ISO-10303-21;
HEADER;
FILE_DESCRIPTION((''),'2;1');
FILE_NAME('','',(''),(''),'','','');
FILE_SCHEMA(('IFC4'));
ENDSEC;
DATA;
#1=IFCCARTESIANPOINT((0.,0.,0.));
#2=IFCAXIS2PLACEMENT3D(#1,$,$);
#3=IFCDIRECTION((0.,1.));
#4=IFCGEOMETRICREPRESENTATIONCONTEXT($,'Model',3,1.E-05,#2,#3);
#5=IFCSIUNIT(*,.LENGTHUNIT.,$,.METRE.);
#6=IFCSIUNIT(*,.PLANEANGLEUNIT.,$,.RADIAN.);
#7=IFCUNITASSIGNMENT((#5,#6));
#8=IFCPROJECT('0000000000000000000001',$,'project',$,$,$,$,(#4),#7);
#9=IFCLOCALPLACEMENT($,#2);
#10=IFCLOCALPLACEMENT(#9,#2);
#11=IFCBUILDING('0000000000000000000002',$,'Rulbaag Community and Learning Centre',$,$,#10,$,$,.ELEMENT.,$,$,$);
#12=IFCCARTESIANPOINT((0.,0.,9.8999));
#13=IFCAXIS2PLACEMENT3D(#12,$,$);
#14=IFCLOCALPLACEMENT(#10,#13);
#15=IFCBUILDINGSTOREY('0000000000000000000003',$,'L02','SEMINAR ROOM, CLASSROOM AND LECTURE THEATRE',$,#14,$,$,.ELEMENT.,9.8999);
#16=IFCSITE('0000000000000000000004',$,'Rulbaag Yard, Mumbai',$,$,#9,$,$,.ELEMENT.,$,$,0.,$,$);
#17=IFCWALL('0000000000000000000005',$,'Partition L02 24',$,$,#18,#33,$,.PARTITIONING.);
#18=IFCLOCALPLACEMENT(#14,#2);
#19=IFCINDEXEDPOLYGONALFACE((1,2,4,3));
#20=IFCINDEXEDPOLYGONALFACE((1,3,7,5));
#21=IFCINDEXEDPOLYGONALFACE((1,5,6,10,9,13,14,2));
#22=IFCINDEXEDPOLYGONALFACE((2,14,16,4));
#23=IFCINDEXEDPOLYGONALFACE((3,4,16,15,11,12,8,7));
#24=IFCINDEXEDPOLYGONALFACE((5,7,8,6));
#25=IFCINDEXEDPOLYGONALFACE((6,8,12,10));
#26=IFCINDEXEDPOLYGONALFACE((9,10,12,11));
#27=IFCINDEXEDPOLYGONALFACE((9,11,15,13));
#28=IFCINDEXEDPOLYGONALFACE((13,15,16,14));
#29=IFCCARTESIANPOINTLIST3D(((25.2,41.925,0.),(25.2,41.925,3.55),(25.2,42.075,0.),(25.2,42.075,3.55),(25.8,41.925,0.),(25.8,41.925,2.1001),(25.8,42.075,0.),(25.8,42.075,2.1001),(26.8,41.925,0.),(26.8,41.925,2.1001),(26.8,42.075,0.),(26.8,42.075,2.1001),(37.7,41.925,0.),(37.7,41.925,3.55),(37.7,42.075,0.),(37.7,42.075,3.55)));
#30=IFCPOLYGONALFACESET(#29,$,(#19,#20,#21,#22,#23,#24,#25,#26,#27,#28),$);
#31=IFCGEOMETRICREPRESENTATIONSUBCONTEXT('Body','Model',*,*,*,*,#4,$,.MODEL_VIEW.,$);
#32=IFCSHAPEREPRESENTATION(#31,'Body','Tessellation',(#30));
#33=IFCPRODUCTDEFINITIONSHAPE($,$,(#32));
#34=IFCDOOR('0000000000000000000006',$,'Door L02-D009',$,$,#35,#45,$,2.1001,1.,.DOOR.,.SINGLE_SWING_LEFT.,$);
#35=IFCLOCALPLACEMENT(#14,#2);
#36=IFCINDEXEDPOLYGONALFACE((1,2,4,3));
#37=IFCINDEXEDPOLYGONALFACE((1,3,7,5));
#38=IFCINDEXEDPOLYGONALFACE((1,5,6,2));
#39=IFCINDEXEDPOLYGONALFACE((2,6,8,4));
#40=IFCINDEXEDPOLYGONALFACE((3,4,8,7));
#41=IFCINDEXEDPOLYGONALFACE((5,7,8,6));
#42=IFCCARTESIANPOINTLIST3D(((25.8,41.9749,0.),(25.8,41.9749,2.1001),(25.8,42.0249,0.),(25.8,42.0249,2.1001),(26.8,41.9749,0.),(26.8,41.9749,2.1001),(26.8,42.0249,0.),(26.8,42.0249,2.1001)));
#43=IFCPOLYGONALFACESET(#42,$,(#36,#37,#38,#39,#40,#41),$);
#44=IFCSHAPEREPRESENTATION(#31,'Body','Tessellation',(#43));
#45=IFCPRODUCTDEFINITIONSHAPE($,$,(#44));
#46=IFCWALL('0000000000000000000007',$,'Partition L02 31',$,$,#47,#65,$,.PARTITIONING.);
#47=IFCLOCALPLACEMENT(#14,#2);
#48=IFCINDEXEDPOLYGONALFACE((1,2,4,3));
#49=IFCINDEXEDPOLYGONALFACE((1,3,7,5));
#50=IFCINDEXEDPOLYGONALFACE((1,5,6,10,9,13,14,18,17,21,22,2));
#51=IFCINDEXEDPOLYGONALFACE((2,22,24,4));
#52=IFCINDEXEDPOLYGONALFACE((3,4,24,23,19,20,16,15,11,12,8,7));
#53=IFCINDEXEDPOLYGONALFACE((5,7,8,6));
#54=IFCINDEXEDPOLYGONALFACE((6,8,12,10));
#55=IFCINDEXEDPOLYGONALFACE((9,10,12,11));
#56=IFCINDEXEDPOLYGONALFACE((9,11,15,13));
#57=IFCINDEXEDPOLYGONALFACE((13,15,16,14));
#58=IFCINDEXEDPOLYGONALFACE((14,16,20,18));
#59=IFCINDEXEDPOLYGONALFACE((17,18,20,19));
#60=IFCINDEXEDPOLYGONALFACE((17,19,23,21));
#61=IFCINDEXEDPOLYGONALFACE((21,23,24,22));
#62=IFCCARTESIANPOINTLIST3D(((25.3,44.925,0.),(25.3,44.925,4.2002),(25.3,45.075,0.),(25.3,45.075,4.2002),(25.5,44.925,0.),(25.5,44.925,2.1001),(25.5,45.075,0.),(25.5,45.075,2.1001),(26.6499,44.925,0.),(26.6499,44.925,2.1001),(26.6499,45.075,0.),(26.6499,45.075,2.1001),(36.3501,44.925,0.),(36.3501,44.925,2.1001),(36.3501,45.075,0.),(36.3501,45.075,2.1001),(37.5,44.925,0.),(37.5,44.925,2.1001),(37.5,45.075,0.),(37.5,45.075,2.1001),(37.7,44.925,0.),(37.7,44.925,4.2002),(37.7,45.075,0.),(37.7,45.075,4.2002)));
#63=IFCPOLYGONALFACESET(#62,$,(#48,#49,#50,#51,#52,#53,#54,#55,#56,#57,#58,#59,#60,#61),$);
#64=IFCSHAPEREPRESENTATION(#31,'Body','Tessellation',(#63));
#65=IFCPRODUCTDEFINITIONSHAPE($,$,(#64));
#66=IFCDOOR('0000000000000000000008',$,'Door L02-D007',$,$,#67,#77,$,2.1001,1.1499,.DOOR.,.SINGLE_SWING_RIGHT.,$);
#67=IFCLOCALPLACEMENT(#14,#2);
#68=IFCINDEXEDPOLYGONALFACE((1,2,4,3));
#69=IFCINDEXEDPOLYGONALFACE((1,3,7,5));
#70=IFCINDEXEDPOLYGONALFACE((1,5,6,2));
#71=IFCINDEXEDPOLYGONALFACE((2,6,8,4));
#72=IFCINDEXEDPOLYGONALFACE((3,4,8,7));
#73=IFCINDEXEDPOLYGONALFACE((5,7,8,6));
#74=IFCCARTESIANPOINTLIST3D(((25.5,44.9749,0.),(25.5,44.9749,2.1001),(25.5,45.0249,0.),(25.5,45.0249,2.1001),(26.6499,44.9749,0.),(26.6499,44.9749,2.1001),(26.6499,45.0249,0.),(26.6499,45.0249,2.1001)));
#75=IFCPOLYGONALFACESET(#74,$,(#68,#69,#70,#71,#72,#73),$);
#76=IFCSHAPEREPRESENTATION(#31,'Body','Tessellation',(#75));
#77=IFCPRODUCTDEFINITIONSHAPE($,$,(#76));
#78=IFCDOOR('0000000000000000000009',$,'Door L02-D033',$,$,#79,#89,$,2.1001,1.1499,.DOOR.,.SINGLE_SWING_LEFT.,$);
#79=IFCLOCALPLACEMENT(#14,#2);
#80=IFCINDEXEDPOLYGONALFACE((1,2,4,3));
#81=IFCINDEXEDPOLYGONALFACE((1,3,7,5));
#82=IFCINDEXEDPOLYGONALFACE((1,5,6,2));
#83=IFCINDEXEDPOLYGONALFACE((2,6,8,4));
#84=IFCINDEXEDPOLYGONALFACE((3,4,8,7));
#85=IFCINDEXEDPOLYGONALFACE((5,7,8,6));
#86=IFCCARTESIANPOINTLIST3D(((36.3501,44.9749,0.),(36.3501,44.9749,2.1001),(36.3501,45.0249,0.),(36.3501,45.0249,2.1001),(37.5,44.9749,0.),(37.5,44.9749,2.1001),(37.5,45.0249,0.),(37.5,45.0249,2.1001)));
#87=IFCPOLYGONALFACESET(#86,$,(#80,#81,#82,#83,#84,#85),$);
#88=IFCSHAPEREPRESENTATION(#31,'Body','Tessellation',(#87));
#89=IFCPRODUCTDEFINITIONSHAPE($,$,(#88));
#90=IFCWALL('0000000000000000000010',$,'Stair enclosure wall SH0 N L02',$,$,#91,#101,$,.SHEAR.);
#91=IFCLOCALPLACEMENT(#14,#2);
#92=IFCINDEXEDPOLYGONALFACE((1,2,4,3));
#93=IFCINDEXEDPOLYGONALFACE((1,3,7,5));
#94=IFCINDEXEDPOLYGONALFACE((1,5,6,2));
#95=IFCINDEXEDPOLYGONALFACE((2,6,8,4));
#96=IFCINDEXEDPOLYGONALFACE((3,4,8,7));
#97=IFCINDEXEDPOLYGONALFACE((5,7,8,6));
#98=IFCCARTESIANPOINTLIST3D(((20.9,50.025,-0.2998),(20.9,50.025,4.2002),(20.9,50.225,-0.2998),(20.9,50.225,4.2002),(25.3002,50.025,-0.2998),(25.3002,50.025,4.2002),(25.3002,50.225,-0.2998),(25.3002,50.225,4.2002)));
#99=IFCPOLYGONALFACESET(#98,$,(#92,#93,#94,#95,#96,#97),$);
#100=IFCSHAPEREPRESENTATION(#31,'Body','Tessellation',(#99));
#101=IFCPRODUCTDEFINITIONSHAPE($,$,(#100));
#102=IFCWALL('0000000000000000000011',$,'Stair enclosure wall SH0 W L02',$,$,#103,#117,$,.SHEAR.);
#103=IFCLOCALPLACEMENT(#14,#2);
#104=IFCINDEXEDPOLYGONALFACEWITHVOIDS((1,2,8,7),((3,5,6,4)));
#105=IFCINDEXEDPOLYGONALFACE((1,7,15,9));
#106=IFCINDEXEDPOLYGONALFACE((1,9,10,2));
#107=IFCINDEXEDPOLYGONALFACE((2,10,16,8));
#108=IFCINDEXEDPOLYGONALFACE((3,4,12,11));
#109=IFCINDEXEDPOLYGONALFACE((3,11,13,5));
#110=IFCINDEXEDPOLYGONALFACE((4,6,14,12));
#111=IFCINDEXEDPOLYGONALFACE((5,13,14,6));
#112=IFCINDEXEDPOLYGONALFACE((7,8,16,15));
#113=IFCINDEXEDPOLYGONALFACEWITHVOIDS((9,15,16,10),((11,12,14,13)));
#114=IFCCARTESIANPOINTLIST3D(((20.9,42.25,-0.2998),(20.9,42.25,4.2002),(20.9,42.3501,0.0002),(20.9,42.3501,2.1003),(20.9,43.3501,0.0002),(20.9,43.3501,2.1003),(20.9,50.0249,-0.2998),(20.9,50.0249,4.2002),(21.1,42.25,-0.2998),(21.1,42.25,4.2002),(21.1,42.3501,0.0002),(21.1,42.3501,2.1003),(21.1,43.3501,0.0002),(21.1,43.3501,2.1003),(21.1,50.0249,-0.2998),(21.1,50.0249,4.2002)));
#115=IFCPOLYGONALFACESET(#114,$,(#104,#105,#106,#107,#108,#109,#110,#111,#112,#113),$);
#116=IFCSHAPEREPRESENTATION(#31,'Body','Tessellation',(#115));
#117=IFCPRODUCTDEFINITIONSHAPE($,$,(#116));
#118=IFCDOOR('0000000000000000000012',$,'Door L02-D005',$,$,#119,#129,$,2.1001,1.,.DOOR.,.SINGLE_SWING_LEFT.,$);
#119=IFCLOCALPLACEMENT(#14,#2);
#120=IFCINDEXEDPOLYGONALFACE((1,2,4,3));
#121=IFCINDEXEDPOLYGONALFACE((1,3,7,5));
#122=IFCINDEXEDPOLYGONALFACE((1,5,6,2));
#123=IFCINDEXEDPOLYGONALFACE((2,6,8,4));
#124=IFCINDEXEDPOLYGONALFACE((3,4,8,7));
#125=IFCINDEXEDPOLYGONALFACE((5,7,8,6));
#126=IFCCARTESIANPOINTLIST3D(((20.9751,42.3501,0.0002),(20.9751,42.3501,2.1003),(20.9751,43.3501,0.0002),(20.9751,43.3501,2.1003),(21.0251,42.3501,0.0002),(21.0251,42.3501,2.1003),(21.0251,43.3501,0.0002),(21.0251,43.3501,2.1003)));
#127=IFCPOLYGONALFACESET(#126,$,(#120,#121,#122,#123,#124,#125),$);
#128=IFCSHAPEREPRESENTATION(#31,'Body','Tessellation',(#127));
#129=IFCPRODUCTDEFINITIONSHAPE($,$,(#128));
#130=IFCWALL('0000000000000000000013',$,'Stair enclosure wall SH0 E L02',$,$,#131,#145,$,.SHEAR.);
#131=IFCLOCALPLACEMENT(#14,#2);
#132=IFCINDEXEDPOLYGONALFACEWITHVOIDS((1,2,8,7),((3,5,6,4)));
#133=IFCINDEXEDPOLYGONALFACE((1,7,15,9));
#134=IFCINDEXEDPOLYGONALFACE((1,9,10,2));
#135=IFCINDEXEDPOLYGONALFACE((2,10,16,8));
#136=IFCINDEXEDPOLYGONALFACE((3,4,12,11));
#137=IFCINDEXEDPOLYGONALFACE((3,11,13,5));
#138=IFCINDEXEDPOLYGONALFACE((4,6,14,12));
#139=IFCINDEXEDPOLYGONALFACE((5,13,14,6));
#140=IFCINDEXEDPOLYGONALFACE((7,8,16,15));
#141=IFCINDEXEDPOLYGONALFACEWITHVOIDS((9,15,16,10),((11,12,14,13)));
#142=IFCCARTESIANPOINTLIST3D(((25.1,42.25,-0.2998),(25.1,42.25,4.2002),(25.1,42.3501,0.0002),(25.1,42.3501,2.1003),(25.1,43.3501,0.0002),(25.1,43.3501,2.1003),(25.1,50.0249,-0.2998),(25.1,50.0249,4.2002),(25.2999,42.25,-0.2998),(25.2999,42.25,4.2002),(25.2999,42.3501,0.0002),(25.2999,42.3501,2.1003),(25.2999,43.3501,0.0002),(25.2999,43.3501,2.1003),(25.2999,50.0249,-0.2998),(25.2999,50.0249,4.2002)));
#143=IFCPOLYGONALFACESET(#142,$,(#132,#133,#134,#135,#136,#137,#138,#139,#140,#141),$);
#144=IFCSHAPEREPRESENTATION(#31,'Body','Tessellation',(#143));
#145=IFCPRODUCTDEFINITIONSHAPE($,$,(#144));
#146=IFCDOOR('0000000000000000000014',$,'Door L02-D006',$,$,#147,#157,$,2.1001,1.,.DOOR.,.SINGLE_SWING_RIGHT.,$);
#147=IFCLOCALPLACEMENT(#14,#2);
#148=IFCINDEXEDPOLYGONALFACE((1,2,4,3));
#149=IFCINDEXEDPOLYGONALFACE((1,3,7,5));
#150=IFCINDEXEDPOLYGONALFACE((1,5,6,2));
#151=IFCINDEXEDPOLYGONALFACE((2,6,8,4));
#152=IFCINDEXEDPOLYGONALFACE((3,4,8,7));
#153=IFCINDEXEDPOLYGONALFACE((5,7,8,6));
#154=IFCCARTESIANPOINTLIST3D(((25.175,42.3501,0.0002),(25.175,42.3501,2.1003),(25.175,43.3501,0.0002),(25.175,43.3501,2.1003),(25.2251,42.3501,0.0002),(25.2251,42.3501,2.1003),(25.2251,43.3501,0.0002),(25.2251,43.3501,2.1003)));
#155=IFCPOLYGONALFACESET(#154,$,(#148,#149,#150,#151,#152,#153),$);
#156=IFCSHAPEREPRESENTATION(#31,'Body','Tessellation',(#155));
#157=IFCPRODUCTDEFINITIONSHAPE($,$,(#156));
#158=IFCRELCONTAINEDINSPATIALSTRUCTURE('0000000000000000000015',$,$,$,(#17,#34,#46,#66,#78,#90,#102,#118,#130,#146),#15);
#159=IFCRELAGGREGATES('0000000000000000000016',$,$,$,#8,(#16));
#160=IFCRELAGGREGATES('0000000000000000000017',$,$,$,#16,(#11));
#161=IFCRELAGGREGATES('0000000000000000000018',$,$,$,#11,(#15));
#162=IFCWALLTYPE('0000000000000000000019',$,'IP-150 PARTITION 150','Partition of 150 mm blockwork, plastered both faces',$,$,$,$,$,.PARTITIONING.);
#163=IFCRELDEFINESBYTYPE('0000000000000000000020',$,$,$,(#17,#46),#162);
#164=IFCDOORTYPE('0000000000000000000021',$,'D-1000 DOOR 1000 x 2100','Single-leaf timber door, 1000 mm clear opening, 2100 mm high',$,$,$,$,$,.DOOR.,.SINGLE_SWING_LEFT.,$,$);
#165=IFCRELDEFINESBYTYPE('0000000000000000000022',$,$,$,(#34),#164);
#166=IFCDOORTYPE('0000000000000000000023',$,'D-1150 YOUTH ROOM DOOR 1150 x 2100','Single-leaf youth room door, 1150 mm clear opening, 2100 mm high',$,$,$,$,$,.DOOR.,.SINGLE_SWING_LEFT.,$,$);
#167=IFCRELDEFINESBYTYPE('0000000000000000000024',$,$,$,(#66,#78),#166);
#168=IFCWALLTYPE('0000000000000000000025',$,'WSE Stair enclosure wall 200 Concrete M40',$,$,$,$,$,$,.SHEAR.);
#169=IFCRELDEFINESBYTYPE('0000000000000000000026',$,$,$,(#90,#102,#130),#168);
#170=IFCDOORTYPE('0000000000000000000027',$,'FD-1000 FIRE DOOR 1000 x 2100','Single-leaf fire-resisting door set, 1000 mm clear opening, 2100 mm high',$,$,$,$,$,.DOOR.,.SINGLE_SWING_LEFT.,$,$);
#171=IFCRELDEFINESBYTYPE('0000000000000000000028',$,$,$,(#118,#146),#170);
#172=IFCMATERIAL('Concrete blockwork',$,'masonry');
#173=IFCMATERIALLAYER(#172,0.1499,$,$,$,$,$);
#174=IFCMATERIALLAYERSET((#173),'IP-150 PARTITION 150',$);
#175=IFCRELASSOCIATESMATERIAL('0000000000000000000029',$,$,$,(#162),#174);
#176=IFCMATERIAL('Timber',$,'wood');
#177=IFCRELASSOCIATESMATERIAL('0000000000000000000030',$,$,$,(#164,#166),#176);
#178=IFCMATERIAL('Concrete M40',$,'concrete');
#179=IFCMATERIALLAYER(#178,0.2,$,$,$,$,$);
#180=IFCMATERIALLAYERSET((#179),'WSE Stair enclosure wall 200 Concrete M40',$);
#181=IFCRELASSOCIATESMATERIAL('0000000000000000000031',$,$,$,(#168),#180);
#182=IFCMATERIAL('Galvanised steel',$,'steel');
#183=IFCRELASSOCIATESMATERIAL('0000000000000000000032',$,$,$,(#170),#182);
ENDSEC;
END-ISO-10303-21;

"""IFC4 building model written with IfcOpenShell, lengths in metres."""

from ifc_helpers import new_model, si_unit, direction, frame, frame_2d, origin, place, context, subcontext, project, spatial, rectangle, extrude, material, layer, layer_set, type_object, element, fill, save


model = new_model("IFC4")

# Units and contexts
model_context = context("Model", 3, precision=1e-05, world=origin(), true_north=direction((0.0, 1.0)))
body_context = subcontext(model_context, "Body", "Model", "MODEL_VIEW")
ifc_project = project(units=[si_unit("LENGTHUNIT", "METRE"), si_unit("PLANEANGLEUNIT", "RADIAN")], contexts=[model_context])

# Site, building, storey
site_placement = place(None, origin())
site = spatial("IfcSite", under=ifc_project, at=site_placement, Name="Rulbaag Yard, Mumbai", CompositionType="ELEMENT", RefElevation=0.0)
building_placement = place(site_placement, origin())
building = spatial("IfcBuilding", under=site, at=building_placement, Name="Rulbaag Community and Learning Centre", CompositionType="ELEMENT")
storey_placement = place(building_placement, frame((0.0, 0.0, 9.8999)))
storey = spatial("IfcBuildingStorey", under=building, at=storey_placement, Name="L02", Description="SEMINAR ROOM, CLASSROOM AND LECTURE THEATRE", CompositionType="ELEMENT", Elevation=9.8999)

# Shared definitions
ifc_material_1 = material(Name="Concrete M40", Category="concrete")

# Wall, opening, door
ifc_material_2 = material(Name="Concrete blockwork", Category="masonry")
ifc_layer_1 = layer(ifc_material_2, 0.1499)
ifc_layer_set_1 = layer_set([ifc_layer_1], Name="IP-150 PARTITION 150")
wall_type_1 = type_object("IfcWallType", Name="IP-150 PARTITION 150", Description="Partition of 150 mm blockwork, plastered both faces", PredefinedType="PARTITIONING", material=ifc_layer_set_1)
wall_1_placement = place(storey_placement, frame((25.2, 42.0, 0.0), z_axis=(0.0, 0.0, 1.0), x_axis=(1.0, 0.0, 0.0)))
wall_1 = element("IfcWall", 1, at=wall_1_placement, inside=storey, type_object=wall_type_1, Name="Partition L02 24", PredefinedType="PARTITIONING", context=body_context, shape_type="SweptSolid", body=[
    extrude(rectangle(XDim=12.5, YDim=0.1499, at=frame_2d((6.25, 0.0))), origin(), (0.0, 0.0, 1.0), 3.55),
])
opening_1_placement = place(wall_1_placement, frame((0.6001, 0.0, 0.0)))
opening_1 = element("IfcOpeningElement", 2, at=opening_1_placement, cuts=wall_1, PredefinedType="OPENING", context=body_context, shape_type="SweptSolid", body=[
    extrude(rectangle(XDim=1.0, YDim=2.1001, at=frame_2d((0.5, 1.05))), frame((0.0, 0.085, 0.0), z_axis=(0.0, -1.0, 0.0), x_axis=(1.0, 0.0, 0.0)), (0.0, 0.0, 1.0), 0.1699),
])
ifc_material_3 = material(Name="Timber", Category="wood")
door_type_1 = type_object("IfcDoorType", Name="D-1000 DOOR 1000 x 2100", Description="Single-leaf timber door, 1000 mm clear opening, 2100 mm high", OperationType="SINGLE_SWING_LEFT", PredefinedType="DOOR", material=ifc_material_3)
door_1_placement = place(opening_1_placement, origin())
door_1 = element("IfcDoor", 3, at=door_1_placement, inside=storey, type_object=door_type_1, Name="Door L02-D009", OperationType="SINGLE_SWING_LEFT", OverallHeight=2.1001, OverallWidth=1.0, PredefinedType="DOOR", context=body_context, shape_type="SweptSolid", body=[
    extrude(rectangle(XDim=1.0, YDim=2.1001, at=frame_2d((0.5, 1.05))), frame((0.0, 0.0249, 0.0), z_axis=(0.0, -1.0, 0.0), x_axis=(1.0, 0.0, 0.0)), (0.0, 0.0, 1.0), 0.05),
])
fill(opening_1, door_1)

# Wall, openings, doors
wall_2_placement = place(storey_placement, frame((25.3, 45.0, 0.0), z_axis=(0.0, 0.0, 1.0), x_axis=(1.0, 0.0, 0.0)))
wall_2 = element("IfcWall", 4, at=wall_2_placement, inside=storey, type_object=wall_type_1, Name="Partition L02 31", PredefinedType="PARTITIONING", context=body_context, shape_type="SweptSolid", body=[
    extrude(rectangle(XDim=12.3999, YDim=0.1499, at=frame_2d((6.2, 0.0))), origin(), (0.0, 0.0, 1.0), 4.2002),
])
opening_2_placement = place(wall_2_placement, frame((0.2, 0.0, 0.0)))
opening_2 = element("IfcOpeningElement", 5, at=opening_2_placement, cuts=wall_2, PredefinedType="OPENING", context=body_context, shape_type="SweptSolid", body=[
    extrude(rectangle(XDim=1.1499, YDim=2.1001, at=frame_2d((0.575, 1.05))), frame((0.0, 0.085, 0.0), z_axis=(0.0, -1.0, 0.0), x_axis=(1.0, 0.0, 0.0)), (0.0, 0.0, 1.0), 0.1699),
])
opening_3_placement = place(wall_2_placement, frame((11.05, 0.0, 0.0)))
opening_3 = element("IfcOpeningElement", 6, at=opening_3_placement, cuts=wall_2, PredefinedType="OPENING", context=body_context, shape_type="SweptSolid", body=[
    extrude(rectangle(XDim=1.1499, YDim=2.1001, at=frame_2d((0.575, 1.05))), frame((0.0, 0.085, 0.0), z_axis=(0.0, -1.0, 0.0), x_axis=(1.0, 0.0, 0.0)), (0.0, 0.0, 1.0), 0.1699),
])
door_type_2 = type_object("IfcDoorType", Name="D-1150 YOUTH ROOM DOOR 1150 x 2100", Description="Single-leaf youth room door, 1150 mm clear opening, 2100 mm high", OperationType="SINGLE_SWING_LEFT", PredefinedType="DOOR", material=ifc_material_3)
door_2_placement = place(opening_2_placement, origin())
door_2 = element("IfcDoor", 7, at=door_2_placement, inside=storey, type_object=door_type_2, Name="Door L02-D007", OperationType="SINGLE_SWING_RIGHT", OverallHeight=2.1001, OverallWidth=1.1499, PredefinedType="DOOR", context=body_context, shape_type="SweptSolid", body=[
    extrude(rectangle(XDim=1.1499, YDim=2.1001, at=frame_2d((0.575, 1.05))), frame((0.0, 0.0249, 0.0), z_axis=(0.0, -1.0, 0.0), x_axis=(1.0, 0.0, 0.0)), (0.0, 0.0, 1.0), 0.05),
])
fill(opening_2, door_2)
door_3_placement = place(opening_3_placement, origin())
door_3 = element("IfcDoor", 8, at=door_3_placement, inside=storey, type_object=door_type_2, Name="Door L02-D033", OperationType="SINGLE_SWING_LEFT", OverallHeight=2.1001, OverallWidth=1.1499, PredefinedType="DOOR", context=body_context, shape_type="SweptSolid", body=[
    extrude(rectangle(XDim=1.1499, YDim=2.1001, at=frame_2d((0.575, 1.05))), frame((0.0, 0.0249, 0.0), z_axis=(0.0, -1.0, 0.0), x_axis=(1.0, 0.0, 0.0)), (0.0, 0.0, 1.0), 0.05),
])
fill(opening_3, door_3)

# Wall
ifc_layer_2 = layer(ifc_material_1, 0.2)
ifc_layer_set_2 = layer_set([ifc_layer_2], Name="WSE Stair enclosure wall 200 Concrete M40")
wall_type_2 = type_object("IfcWallType", Name="WSE Stair enclosure wall 200 Concrete M40", PredefinedType="SHEAR", material=ifc_layer_set_2)
wall_3_placement = place(storey_placement, frame((20.8999, 50.125, -0.2998), z_axis=(0.0, 0.0, 1.0), x_axis=(1.0, 0.0, 0.0)))
element("IfcWall", 9, at=wall_3_placement, inside=storey, type_object=wall_type_2, Name="Stair enclosure wall SH0 N L02", PredefinedType="SHEAR", context=body_context, shape_type="SweptSolid", body=[
    extrude(rectangle(XDim=4.4001, YDim=0.2, at=frame_2d((2.2002, 0.0))), origin(), (0.0, 0.0, 1.0), 4.5),
])

# Walls, openings, doors
wall_4_placement = place(storey_placement, frame((21.0, 42.25, -0.2998), z_axis=(0.0, 0.0, 1.0), x_axis=(0.0, 1.0, 0.0)))
wall_4 = element("IfcWall", 10, at=wall_4_placement, inside=storey, type_object=wall_type_2, Name="Stair enclosure wall SH0 W L02", PredefinedType="SHEAR", context=body_context, shape_type="SweptSolid", body=[
    extrude(rectangle(XDim=7.7749, YDim=0.2, at=frame_2d((3.8875, 0.0))), origin(), (0.0, 0.0, 1.0), 4.5),
])
opening_4_placement = place(wall_4_placement, frame((0.1001, 0.0, 0.3)))
opening_4 = element("IfcOpeningElement", 11, at=opening_4_placement, cuts=wall_4, PredefinedType="OPENING", context=body_context, shape_type="SweptSolid", body=[
    extrude(rectangle(XDim=1.0, YDim=2.1001, at=frame_2d((0.5, 1.05))), frame((0.0, 0.1099, 0.0), z_axis=(0.0, -1.0, 0.0), x_axis=(1.0, 0.0, 0.0)), (0.0, 0.0, 1.0), 0.22),
])
ifc_material_4 = material(Name="Galvanised steel", Category="steel")
door_type_3 = type_object("IfcDoorType", Name="FD-1000 FIRE DOOR 1000 x 2100", Description="Single-leaf fire-resisting door set, 1000 mm clear opening, 2100 mm high", OperationType="SINGLE_SWING_LEFT", PredefinedType="DOOR", material=ifc_material_4)
door_4_placement = place(opening_4_placement, origin())
door_4 = element("IfcDoor", 12, at=door_4_placement, inside=storey, type_object=door_type_3, Name="Door L02-D005", OperationType="SINGLE_SWING_LEFT", OverallHeight=2.1001, OverallWidth=1.0, PredefinedType="DOOR", context=body_context, shape_type="SweptSolid", body=[
    extrude(rectangle(XDim=1.0, YDim=2.1001, at=frame_2d((0.5, 1.05))), frame((0.0, 0.0249, 0.0), z_axis=(0.0, -1.0, 0.0), x_axis=(1.0, 0.0, 0.0)), (0.0, 0.0, 1.0), 0.05),
])
fill(opening_4, door_4)
wall_5_placement = place(storey_placement, frame((25.2, 42.25, -0.2998), z_axis=(0.0, 0.0, 1.0), x_axis=(0.0, 1.0, 0.0)))
wall_5 = element("IfcWall", 13, at=wall_5_placement, inside=storey, type_object=wall_type_2, Name="Stair enclosure wall SH0 E L02", PredefinedType="SHEAR", context=body_context, shape_type="SweptSolid", body=[
    extrude(rectangle(XDim=7.7749, YDim=0.2, at=frame_2d((3.8875, 0.0))), origin(), (0.0, 0.0, 1.0), 4.5),
])
opening_5_placement = place(wall_5_placement, frame((0.1001, 0.0, 0.3)))
opening_5 = element("IfcOpeningElement", 14, at=opening_5_placement, cuts=wall_5, PredefinedType="OPENING", context=body_context, shape_type="SweptSolid", body=[
    extrude(rectangle(XDim=1.0, YDim=2.1001, at=frame_2d((0.5, 1.05))), frame((0.0, 0.1099, 0.0), z_axis=(0.0, -1.0, 0.0), x_axis=(1.0, 0.0, 0.0)), (0.0, 0.0, 1.0), 0.22),
])
door_5_placement = place(opening_5_placement, origin())
door_5 = element("IfcDoor", 15, at=door_5_placement, inside=storey, type_object=door_type_3, Name="Door L02-D006", OperationType="SINGLE_SWING_RIGHT", OverallHeight=2.1001, OverallWidth=1.0, PredefinedType="DOOR", context=body_context, shape_type="SweptSolid", body=[
    extrude(rectangle(XDim=1.0, YDim=2.1001, at=frame_2d((0.5, 1.05))), frame((0.0, 0.0249, 0.0), z_axis=(0.0, -1.0, 0.0), x_axis=(1.0, 0.0, 0.0)), (0.0, 0.0, 1.0), 0.05),
])
fill(opening_5, door_5)

save(model, "model.ifc")
